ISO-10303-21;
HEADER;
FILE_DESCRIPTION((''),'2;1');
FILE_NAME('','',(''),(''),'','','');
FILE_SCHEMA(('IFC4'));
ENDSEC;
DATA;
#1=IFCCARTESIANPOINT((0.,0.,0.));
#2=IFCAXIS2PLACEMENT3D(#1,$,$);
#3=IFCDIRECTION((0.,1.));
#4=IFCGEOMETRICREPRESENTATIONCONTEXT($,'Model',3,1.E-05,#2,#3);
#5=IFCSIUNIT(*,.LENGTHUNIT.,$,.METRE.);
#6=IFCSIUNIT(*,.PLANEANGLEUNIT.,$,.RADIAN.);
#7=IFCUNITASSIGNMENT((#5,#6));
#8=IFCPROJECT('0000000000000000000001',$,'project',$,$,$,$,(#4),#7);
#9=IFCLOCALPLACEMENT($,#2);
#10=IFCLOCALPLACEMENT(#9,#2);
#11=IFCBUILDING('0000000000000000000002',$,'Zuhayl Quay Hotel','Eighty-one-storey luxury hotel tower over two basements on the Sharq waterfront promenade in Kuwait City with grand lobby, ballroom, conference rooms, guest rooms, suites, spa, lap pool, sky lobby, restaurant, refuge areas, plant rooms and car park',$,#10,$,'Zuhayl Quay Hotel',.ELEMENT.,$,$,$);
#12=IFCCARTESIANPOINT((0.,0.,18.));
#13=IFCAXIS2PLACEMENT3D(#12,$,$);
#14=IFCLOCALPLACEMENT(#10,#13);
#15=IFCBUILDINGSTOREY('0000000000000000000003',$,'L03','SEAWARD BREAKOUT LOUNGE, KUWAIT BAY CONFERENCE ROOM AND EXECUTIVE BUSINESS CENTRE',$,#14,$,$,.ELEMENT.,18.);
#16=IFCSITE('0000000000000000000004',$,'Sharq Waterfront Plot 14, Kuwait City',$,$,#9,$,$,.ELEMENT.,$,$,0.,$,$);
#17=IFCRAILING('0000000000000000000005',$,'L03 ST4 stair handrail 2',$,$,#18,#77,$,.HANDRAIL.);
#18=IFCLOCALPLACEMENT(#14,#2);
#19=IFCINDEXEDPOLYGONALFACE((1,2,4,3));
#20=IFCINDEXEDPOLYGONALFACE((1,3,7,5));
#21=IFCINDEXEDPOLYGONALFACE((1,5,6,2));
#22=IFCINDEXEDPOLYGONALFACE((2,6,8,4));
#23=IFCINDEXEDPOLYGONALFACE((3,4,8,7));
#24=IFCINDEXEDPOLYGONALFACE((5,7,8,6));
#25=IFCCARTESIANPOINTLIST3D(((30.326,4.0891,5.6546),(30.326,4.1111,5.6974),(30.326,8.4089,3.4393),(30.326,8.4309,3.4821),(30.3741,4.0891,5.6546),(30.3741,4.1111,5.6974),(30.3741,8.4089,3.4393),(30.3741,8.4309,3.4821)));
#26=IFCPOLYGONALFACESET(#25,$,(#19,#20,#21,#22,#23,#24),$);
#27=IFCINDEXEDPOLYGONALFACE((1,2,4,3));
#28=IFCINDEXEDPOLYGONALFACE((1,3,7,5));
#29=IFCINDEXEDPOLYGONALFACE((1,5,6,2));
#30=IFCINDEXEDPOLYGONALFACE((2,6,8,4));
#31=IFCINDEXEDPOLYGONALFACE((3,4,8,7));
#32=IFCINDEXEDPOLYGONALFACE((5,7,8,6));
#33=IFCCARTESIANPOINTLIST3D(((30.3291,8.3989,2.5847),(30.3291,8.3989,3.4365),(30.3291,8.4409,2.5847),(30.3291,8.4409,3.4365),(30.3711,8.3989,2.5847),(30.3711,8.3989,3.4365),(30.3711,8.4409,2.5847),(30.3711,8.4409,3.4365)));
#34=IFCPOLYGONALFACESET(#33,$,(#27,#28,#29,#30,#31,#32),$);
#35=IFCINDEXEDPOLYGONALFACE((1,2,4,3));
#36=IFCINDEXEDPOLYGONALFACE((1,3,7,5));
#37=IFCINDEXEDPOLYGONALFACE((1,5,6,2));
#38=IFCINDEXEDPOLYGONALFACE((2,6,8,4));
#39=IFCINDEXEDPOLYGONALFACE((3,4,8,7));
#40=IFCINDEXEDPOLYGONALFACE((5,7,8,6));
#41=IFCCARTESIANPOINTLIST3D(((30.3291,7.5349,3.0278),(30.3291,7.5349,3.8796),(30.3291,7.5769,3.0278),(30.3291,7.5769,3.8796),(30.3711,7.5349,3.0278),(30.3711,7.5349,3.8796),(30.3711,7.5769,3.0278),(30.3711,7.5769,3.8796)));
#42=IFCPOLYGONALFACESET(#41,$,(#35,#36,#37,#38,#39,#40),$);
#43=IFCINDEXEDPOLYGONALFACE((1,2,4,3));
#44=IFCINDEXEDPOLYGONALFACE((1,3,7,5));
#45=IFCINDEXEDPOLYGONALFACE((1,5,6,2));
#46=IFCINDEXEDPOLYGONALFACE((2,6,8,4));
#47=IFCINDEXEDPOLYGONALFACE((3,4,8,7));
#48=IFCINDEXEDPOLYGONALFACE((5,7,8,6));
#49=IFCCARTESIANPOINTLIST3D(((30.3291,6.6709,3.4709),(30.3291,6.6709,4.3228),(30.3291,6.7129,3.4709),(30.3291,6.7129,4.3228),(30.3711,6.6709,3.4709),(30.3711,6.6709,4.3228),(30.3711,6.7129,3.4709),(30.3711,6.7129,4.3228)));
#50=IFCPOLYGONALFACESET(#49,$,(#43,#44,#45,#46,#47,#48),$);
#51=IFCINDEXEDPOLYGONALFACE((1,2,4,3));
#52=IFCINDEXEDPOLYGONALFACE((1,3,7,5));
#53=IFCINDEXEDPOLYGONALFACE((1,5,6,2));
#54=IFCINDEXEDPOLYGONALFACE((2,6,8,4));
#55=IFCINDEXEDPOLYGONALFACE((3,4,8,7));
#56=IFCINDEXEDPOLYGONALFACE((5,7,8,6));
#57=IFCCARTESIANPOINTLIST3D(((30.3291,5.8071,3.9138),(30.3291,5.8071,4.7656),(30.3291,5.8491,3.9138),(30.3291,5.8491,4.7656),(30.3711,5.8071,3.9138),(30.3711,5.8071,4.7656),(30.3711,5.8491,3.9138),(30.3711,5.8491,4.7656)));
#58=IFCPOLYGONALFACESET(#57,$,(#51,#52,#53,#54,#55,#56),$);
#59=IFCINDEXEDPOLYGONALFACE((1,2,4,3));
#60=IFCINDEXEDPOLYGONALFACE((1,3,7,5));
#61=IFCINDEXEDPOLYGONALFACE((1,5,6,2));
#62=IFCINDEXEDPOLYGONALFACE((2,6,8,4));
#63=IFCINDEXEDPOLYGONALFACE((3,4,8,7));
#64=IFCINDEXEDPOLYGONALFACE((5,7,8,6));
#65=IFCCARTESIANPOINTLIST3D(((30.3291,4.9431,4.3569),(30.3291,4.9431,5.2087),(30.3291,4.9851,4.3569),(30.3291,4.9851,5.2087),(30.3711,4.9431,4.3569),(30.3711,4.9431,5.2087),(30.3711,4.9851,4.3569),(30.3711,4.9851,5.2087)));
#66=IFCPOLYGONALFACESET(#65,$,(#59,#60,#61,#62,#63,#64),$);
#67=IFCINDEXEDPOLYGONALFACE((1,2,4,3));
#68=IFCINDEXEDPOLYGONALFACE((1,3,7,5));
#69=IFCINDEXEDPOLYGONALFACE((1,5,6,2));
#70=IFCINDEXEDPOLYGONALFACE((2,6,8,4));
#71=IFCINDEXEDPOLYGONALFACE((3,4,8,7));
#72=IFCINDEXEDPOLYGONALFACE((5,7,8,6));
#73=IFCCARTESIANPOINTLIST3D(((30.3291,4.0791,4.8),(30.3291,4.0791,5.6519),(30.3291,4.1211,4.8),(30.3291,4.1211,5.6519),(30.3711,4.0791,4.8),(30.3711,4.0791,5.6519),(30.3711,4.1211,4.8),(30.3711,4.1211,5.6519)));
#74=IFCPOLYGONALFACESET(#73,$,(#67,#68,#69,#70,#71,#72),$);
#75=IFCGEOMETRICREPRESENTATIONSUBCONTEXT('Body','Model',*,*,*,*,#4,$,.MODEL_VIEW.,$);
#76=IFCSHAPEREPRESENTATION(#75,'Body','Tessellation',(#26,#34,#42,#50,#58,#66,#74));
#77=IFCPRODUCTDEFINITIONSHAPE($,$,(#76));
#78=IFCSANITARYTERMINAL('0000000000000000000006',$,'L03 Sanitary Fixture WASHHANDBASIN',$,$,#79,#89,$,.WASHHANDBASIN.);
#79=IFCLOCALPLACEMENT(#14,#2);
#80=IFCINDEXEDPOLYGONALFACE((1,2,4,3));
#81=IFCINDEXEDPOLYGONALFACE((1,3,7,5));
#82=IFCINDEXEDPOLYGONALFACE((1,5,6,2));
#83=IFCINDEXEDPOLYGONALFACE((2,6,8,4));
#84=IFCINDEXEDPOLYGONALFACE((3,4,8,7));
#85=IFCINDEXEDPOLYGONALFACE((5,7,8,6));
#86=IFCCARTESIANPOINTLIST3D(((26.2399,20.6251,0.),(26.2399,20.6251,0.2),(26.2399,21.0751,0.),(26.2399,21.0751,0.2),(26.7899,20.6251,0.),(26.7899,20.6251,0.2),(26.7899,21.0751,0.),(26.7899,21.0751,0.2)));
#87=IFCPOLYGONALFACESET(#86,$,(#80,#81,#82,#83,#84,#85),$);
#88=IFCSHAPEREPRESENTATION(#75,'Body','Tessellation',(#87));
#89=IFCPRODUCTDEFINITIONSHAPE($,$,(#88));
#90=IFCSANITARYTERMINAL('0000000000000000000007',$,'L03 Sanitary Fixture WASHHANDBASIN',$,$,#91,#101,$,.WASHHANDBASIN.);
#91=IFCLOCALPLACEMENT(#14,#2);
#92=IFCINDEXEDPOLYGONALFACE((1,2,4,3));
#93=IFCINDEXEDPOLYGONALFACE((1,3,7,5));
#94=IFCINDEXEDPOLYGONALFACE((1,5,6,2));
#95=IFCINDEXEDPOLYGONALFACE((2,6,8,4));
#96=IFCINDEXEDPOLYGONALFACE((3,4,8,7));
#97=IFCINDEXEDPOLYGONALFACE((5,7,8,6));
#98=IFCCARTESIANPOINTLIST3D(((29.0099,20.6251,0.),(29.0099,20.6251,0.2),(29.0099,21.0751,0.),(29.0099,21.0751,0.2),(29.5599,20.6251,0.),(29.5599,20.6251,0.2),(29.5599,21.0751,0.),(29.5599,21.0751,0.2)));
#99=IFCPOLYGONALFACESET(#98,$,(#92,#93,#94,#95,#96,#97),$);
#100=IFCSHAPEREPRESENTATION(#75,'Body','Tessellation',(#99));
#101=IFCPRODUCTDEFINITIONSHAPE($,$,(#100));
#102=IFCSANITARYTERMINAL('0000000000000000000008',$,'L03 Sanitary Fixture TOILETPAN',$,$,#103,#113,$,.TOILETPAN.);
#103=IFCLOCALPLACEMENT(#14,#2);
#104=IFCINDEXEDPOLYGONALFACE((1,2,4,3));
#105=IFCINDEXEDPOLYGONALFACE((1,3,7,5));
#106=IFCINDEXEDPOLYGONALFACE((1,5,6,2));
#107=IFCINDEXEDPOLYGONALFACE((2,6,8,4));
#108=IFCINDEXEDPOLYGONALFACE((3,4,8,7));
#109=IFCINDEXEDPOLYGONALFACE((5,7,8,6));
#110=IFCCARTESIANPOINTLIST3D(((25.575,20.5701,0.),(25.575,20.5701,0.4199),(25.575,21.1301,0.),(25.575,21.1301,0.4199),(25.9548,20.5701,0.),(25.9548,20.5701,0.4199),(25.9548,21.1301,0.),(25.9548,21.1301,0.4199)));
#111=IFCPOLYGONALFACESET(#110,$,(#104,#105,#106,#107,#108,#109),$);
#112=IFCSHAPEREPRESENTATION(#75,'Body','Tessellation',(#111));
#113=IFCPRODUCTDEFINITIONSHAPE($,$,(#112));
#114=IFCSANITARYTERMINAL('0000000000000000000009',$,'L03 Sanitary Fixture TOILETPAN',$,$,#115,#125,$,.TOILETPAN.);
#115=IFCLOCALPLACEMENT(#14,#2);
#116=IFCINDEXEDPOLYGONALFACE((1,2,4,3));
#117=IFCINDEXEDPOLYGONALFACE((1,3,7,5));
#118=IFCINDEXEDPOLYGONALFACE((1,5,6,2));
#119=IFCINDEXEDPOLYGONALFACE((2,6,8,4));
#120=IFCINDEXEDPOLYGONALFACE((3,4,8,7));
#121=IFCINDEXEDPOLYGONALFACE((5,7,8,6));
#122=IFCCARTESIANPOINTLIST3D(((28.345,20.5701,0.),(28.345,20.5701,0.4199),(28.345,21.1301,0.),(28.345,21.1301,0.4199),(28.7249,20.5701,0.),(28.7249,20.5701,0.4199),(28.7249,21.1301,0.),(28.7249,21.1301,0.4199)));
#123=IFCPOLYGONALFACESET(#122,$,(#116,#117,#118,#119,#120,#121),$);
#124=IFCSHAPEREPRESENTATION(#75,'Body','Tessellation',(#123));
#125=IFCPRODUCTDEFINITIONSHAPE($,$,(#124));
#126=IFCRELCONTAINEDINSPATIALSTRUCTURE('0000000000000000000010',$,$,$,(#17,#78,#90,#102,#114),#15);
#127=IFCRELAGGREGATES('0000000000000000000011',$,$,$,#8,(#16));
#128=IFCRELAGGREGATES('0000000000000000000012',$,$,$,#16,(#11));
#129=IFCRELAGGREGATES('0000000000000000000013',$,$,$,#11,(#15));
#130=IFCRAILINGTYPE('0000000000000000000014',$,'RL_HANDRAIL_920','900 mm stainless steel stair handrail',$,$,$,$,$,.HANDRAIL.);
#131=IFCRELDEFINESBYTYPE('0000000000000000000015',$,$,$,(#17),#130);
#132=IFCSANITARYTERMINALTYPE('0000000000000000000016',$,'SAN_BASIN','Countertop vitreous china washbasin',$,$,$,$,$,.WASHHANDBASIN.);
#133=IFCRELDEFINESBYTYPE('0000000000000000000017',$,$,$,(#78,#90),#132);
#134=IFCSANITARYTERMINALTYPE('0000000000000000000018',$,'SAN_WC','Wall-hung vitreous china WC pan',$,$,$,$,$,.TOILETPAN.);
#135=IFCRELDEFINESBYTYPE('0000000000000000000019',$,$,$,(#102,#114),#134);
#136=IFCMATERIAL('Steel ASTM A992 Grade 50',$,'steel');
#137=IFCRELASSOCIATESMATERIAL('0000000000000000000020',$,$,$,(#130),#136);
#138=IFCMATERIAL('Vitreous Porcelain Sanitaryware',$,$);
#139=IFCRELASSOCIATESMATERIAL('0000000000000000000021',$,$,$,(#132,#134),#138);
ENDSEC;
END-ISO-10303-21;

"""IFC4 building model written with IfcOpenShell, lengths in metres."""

from ifc_helpers import new_model, si_unit, direction, frame, origin, origin_2d, place, context, subcontext, project, spatial, rectangle, extrude, material, type_object, element, save


model = new_model("IFC4")

# Units and contexts
model_context = context("Model", 3, precision=1e-05, world=origin(), true_north=direction((0.0, 1.0)))
body_context = subcontext(model_context, "Body", "Model", "MODEL_VIEW")
ifc_project = project(units=[si_unit("LENGTHUNIT", "METRE"), si_unit("PLANEANGLEUNIT", "RADIAN")], contexts=[model_context])

# Site, building, storey
site_placement = place(None, origin())
site = spatial("IfcSite", under=ifc_project, at=site_placement, Name="Sharq Waterfront Plot 14, Kuwait City", CompositionType="ELEMENT", RefElevation=0.0)
building_placement = place(site_placement, origin())
building = spatial("IfcBuilding", under=site, at=building_placement, Name="Zuhayl Quay Hotel", Description="Eighty-one-storey luxury hotel tower over two basements on the Sharq waterfront promenade in Kuwait City with grand lobby, ballroom, conference rooms, guest rooms, suites, spa, lap pool, sky lobby, restaurant, refuge areas, plant rooms and car park", LongName="Zuhayl Quay Hotel", CompositionType="ELEMENT")
storey_placement = place(building_placement, frame((0.0, 0.0, 18.0)))
storey = spatial("IfcBuildingStorey", under=building, at=storey_placement, Name="L03", Description="SEAWARD BREAKOUT LOUNGE, KUWAIT BAY CONFERENCE ROOM AND EXECUTIVE BUSINESS CENTRE", CompositionType="ELEMENT", Elevation=18.0)

# Shared definitions
ifc_material_1 = material(Name="Steel ASTM A992 Grade 50", Category="steel")

# Railing
railing_type = type_object("IfcRailingType", Name="RL_HANDRAIL_920", Description="900 mm stainless steel stair handrail", PredefinedType="HANDRAIL", material=ifc_material_1)
railing_1_placement = place(storey_placement, frame((30.3501, 8.4199, 2.5847)))
element("IfcRailing", 1, at=railing_1_placement, inside=storey, type_object=railing_type, Name="L03 ST4 stair handrail 2", PredefinedType="HANDRAIL", context=body_context, shape_type="SweptSolid", body=[
    extrude(rectangle(XDim=0.0481, YDim=0.0481, at=origin_2d()), frame((0.0, 0.0, 0.876), z_axis=(0.0, -0.889814, 0.456323), x_axis=(1.0, 0.0, 0.0)), (0.0, 0.0, 1.0), 4.8547),
    extrude(rectangle(XDim=0.042, YDim=0.042, at=origin_2d()), origin(), (0.0, 0.0, 1.0), 0.8518),
    extrude(rectangle(XDim=0.042, YDim=0.042, at=origin_2d()), frame((0.0, -0.864, 0.4431)), (0.0, 0.0, 1.0), 0.8518),
    extrude(rectangle(XDim=0.042, YDim=0.042, at=origin_2d()), frame((0.0, -1.728, 0.8862)), (0.0, 0.0, 1.0), 0.8518),
    extrude(rectangle(XDim=0.042, YDim=0.042, at=origin_2d()), frame((0.0, -2.5918, 1.3291)), (0.0, 0.0, 1.0), 0.8518),
    extrude(rectangle(XDim=0.042, YDim=0.042, at=origin_2d()), frame((0.0, -3.4558, 1.7722)), (0.0, 0.0, 1.0), 0.8518),
    extrude(rectangle(XDim=0.042, YDim=0.042, at=origin_2d()), frame((0.0, -4.3198, 2.2153)), (0.0, 0.0, 1.0), 0.8518),
])

# Sanitary terminals
ifc_material_2 = material(Name="Vitreous Porcelain Sanitaryware")
sanitary_terminal_type_1 = type_object("IfcSanitaryTerminalType", Name="SAN_BASIN", Description="Countertop vitreous china washbasin", PredefinedType="WASHHANDBASIN", material=ifc_material_2)
for number, where, z_axis, x_axis, name in (
    (2, (26.5149, 20.8501, 0.0), (0.0, 0.0, 1.0), (1.0, 0.0, 0.0), "L03 Sanitary Fixture WASHHANDBASIN"),
    (3, (29.2849, 20.8501, 0.0), (0.0, 0.0, 1.0), (1.0, 0.0, 0.0), "L03 Sanitary Fixture WASHHANDBASIN"),
):
    element("IfcSanitaryTerminal", number, at=place(storey_placement, frame(where, z_axis=z_axis, x_axis=x_axis)), inside=storey, type_object=sanitary_terminal_type_1, Name=name, PredefinedType="WASHHANDBASIN", context=body_context, shape_type="SweptSolid", body=[
        extrude(rectangle(XDim=0.55, YDim=0.45, at=origin_2d()), origin(), (0.0, 0.0, 1.0), 0.2),
    ])
sanitary_terminal_type_2 = type_object("IfcSanitaryTerminalType", Name="SAN_WC", Description="Wall-hung vitreous china WC pan", PredefinedType="TOILETPAN", material=ifc_material_2)
for number, where, z_axis, x_axis, name in (
    (4, (25.7649, 20.8501, 0.0), (0.0, 0.0, 1.0), (1.0, 0.0, 0.0), "L03 Sanitary Fixture TOILETPAN"),
    (5, (28.5349, 20.8501, 0.0), (0.0, 0.0, 1.0), (1.0, 0.0, 0.0), "L03 Sanitary Fixture TOILETPAN"),
):
    element("IfcSanitaryTerminal", number, at=place(storey_placement, frame(where, z_axis=z_axis, x_axis=x_axis)), inside=storey, type_object=sanitary_terminal_type_2, Name=name, PredefinedType="TOILETPAN", context=body_context, shape_type="SweptSolid", body=[
        extrude(rectangle(XDim=0.3799, YDim=0.5601, at=origin_2d()), origin(), (0.0, 0.0, 1.0), 0.4199),
    ])

save(model, "model.ifc")
